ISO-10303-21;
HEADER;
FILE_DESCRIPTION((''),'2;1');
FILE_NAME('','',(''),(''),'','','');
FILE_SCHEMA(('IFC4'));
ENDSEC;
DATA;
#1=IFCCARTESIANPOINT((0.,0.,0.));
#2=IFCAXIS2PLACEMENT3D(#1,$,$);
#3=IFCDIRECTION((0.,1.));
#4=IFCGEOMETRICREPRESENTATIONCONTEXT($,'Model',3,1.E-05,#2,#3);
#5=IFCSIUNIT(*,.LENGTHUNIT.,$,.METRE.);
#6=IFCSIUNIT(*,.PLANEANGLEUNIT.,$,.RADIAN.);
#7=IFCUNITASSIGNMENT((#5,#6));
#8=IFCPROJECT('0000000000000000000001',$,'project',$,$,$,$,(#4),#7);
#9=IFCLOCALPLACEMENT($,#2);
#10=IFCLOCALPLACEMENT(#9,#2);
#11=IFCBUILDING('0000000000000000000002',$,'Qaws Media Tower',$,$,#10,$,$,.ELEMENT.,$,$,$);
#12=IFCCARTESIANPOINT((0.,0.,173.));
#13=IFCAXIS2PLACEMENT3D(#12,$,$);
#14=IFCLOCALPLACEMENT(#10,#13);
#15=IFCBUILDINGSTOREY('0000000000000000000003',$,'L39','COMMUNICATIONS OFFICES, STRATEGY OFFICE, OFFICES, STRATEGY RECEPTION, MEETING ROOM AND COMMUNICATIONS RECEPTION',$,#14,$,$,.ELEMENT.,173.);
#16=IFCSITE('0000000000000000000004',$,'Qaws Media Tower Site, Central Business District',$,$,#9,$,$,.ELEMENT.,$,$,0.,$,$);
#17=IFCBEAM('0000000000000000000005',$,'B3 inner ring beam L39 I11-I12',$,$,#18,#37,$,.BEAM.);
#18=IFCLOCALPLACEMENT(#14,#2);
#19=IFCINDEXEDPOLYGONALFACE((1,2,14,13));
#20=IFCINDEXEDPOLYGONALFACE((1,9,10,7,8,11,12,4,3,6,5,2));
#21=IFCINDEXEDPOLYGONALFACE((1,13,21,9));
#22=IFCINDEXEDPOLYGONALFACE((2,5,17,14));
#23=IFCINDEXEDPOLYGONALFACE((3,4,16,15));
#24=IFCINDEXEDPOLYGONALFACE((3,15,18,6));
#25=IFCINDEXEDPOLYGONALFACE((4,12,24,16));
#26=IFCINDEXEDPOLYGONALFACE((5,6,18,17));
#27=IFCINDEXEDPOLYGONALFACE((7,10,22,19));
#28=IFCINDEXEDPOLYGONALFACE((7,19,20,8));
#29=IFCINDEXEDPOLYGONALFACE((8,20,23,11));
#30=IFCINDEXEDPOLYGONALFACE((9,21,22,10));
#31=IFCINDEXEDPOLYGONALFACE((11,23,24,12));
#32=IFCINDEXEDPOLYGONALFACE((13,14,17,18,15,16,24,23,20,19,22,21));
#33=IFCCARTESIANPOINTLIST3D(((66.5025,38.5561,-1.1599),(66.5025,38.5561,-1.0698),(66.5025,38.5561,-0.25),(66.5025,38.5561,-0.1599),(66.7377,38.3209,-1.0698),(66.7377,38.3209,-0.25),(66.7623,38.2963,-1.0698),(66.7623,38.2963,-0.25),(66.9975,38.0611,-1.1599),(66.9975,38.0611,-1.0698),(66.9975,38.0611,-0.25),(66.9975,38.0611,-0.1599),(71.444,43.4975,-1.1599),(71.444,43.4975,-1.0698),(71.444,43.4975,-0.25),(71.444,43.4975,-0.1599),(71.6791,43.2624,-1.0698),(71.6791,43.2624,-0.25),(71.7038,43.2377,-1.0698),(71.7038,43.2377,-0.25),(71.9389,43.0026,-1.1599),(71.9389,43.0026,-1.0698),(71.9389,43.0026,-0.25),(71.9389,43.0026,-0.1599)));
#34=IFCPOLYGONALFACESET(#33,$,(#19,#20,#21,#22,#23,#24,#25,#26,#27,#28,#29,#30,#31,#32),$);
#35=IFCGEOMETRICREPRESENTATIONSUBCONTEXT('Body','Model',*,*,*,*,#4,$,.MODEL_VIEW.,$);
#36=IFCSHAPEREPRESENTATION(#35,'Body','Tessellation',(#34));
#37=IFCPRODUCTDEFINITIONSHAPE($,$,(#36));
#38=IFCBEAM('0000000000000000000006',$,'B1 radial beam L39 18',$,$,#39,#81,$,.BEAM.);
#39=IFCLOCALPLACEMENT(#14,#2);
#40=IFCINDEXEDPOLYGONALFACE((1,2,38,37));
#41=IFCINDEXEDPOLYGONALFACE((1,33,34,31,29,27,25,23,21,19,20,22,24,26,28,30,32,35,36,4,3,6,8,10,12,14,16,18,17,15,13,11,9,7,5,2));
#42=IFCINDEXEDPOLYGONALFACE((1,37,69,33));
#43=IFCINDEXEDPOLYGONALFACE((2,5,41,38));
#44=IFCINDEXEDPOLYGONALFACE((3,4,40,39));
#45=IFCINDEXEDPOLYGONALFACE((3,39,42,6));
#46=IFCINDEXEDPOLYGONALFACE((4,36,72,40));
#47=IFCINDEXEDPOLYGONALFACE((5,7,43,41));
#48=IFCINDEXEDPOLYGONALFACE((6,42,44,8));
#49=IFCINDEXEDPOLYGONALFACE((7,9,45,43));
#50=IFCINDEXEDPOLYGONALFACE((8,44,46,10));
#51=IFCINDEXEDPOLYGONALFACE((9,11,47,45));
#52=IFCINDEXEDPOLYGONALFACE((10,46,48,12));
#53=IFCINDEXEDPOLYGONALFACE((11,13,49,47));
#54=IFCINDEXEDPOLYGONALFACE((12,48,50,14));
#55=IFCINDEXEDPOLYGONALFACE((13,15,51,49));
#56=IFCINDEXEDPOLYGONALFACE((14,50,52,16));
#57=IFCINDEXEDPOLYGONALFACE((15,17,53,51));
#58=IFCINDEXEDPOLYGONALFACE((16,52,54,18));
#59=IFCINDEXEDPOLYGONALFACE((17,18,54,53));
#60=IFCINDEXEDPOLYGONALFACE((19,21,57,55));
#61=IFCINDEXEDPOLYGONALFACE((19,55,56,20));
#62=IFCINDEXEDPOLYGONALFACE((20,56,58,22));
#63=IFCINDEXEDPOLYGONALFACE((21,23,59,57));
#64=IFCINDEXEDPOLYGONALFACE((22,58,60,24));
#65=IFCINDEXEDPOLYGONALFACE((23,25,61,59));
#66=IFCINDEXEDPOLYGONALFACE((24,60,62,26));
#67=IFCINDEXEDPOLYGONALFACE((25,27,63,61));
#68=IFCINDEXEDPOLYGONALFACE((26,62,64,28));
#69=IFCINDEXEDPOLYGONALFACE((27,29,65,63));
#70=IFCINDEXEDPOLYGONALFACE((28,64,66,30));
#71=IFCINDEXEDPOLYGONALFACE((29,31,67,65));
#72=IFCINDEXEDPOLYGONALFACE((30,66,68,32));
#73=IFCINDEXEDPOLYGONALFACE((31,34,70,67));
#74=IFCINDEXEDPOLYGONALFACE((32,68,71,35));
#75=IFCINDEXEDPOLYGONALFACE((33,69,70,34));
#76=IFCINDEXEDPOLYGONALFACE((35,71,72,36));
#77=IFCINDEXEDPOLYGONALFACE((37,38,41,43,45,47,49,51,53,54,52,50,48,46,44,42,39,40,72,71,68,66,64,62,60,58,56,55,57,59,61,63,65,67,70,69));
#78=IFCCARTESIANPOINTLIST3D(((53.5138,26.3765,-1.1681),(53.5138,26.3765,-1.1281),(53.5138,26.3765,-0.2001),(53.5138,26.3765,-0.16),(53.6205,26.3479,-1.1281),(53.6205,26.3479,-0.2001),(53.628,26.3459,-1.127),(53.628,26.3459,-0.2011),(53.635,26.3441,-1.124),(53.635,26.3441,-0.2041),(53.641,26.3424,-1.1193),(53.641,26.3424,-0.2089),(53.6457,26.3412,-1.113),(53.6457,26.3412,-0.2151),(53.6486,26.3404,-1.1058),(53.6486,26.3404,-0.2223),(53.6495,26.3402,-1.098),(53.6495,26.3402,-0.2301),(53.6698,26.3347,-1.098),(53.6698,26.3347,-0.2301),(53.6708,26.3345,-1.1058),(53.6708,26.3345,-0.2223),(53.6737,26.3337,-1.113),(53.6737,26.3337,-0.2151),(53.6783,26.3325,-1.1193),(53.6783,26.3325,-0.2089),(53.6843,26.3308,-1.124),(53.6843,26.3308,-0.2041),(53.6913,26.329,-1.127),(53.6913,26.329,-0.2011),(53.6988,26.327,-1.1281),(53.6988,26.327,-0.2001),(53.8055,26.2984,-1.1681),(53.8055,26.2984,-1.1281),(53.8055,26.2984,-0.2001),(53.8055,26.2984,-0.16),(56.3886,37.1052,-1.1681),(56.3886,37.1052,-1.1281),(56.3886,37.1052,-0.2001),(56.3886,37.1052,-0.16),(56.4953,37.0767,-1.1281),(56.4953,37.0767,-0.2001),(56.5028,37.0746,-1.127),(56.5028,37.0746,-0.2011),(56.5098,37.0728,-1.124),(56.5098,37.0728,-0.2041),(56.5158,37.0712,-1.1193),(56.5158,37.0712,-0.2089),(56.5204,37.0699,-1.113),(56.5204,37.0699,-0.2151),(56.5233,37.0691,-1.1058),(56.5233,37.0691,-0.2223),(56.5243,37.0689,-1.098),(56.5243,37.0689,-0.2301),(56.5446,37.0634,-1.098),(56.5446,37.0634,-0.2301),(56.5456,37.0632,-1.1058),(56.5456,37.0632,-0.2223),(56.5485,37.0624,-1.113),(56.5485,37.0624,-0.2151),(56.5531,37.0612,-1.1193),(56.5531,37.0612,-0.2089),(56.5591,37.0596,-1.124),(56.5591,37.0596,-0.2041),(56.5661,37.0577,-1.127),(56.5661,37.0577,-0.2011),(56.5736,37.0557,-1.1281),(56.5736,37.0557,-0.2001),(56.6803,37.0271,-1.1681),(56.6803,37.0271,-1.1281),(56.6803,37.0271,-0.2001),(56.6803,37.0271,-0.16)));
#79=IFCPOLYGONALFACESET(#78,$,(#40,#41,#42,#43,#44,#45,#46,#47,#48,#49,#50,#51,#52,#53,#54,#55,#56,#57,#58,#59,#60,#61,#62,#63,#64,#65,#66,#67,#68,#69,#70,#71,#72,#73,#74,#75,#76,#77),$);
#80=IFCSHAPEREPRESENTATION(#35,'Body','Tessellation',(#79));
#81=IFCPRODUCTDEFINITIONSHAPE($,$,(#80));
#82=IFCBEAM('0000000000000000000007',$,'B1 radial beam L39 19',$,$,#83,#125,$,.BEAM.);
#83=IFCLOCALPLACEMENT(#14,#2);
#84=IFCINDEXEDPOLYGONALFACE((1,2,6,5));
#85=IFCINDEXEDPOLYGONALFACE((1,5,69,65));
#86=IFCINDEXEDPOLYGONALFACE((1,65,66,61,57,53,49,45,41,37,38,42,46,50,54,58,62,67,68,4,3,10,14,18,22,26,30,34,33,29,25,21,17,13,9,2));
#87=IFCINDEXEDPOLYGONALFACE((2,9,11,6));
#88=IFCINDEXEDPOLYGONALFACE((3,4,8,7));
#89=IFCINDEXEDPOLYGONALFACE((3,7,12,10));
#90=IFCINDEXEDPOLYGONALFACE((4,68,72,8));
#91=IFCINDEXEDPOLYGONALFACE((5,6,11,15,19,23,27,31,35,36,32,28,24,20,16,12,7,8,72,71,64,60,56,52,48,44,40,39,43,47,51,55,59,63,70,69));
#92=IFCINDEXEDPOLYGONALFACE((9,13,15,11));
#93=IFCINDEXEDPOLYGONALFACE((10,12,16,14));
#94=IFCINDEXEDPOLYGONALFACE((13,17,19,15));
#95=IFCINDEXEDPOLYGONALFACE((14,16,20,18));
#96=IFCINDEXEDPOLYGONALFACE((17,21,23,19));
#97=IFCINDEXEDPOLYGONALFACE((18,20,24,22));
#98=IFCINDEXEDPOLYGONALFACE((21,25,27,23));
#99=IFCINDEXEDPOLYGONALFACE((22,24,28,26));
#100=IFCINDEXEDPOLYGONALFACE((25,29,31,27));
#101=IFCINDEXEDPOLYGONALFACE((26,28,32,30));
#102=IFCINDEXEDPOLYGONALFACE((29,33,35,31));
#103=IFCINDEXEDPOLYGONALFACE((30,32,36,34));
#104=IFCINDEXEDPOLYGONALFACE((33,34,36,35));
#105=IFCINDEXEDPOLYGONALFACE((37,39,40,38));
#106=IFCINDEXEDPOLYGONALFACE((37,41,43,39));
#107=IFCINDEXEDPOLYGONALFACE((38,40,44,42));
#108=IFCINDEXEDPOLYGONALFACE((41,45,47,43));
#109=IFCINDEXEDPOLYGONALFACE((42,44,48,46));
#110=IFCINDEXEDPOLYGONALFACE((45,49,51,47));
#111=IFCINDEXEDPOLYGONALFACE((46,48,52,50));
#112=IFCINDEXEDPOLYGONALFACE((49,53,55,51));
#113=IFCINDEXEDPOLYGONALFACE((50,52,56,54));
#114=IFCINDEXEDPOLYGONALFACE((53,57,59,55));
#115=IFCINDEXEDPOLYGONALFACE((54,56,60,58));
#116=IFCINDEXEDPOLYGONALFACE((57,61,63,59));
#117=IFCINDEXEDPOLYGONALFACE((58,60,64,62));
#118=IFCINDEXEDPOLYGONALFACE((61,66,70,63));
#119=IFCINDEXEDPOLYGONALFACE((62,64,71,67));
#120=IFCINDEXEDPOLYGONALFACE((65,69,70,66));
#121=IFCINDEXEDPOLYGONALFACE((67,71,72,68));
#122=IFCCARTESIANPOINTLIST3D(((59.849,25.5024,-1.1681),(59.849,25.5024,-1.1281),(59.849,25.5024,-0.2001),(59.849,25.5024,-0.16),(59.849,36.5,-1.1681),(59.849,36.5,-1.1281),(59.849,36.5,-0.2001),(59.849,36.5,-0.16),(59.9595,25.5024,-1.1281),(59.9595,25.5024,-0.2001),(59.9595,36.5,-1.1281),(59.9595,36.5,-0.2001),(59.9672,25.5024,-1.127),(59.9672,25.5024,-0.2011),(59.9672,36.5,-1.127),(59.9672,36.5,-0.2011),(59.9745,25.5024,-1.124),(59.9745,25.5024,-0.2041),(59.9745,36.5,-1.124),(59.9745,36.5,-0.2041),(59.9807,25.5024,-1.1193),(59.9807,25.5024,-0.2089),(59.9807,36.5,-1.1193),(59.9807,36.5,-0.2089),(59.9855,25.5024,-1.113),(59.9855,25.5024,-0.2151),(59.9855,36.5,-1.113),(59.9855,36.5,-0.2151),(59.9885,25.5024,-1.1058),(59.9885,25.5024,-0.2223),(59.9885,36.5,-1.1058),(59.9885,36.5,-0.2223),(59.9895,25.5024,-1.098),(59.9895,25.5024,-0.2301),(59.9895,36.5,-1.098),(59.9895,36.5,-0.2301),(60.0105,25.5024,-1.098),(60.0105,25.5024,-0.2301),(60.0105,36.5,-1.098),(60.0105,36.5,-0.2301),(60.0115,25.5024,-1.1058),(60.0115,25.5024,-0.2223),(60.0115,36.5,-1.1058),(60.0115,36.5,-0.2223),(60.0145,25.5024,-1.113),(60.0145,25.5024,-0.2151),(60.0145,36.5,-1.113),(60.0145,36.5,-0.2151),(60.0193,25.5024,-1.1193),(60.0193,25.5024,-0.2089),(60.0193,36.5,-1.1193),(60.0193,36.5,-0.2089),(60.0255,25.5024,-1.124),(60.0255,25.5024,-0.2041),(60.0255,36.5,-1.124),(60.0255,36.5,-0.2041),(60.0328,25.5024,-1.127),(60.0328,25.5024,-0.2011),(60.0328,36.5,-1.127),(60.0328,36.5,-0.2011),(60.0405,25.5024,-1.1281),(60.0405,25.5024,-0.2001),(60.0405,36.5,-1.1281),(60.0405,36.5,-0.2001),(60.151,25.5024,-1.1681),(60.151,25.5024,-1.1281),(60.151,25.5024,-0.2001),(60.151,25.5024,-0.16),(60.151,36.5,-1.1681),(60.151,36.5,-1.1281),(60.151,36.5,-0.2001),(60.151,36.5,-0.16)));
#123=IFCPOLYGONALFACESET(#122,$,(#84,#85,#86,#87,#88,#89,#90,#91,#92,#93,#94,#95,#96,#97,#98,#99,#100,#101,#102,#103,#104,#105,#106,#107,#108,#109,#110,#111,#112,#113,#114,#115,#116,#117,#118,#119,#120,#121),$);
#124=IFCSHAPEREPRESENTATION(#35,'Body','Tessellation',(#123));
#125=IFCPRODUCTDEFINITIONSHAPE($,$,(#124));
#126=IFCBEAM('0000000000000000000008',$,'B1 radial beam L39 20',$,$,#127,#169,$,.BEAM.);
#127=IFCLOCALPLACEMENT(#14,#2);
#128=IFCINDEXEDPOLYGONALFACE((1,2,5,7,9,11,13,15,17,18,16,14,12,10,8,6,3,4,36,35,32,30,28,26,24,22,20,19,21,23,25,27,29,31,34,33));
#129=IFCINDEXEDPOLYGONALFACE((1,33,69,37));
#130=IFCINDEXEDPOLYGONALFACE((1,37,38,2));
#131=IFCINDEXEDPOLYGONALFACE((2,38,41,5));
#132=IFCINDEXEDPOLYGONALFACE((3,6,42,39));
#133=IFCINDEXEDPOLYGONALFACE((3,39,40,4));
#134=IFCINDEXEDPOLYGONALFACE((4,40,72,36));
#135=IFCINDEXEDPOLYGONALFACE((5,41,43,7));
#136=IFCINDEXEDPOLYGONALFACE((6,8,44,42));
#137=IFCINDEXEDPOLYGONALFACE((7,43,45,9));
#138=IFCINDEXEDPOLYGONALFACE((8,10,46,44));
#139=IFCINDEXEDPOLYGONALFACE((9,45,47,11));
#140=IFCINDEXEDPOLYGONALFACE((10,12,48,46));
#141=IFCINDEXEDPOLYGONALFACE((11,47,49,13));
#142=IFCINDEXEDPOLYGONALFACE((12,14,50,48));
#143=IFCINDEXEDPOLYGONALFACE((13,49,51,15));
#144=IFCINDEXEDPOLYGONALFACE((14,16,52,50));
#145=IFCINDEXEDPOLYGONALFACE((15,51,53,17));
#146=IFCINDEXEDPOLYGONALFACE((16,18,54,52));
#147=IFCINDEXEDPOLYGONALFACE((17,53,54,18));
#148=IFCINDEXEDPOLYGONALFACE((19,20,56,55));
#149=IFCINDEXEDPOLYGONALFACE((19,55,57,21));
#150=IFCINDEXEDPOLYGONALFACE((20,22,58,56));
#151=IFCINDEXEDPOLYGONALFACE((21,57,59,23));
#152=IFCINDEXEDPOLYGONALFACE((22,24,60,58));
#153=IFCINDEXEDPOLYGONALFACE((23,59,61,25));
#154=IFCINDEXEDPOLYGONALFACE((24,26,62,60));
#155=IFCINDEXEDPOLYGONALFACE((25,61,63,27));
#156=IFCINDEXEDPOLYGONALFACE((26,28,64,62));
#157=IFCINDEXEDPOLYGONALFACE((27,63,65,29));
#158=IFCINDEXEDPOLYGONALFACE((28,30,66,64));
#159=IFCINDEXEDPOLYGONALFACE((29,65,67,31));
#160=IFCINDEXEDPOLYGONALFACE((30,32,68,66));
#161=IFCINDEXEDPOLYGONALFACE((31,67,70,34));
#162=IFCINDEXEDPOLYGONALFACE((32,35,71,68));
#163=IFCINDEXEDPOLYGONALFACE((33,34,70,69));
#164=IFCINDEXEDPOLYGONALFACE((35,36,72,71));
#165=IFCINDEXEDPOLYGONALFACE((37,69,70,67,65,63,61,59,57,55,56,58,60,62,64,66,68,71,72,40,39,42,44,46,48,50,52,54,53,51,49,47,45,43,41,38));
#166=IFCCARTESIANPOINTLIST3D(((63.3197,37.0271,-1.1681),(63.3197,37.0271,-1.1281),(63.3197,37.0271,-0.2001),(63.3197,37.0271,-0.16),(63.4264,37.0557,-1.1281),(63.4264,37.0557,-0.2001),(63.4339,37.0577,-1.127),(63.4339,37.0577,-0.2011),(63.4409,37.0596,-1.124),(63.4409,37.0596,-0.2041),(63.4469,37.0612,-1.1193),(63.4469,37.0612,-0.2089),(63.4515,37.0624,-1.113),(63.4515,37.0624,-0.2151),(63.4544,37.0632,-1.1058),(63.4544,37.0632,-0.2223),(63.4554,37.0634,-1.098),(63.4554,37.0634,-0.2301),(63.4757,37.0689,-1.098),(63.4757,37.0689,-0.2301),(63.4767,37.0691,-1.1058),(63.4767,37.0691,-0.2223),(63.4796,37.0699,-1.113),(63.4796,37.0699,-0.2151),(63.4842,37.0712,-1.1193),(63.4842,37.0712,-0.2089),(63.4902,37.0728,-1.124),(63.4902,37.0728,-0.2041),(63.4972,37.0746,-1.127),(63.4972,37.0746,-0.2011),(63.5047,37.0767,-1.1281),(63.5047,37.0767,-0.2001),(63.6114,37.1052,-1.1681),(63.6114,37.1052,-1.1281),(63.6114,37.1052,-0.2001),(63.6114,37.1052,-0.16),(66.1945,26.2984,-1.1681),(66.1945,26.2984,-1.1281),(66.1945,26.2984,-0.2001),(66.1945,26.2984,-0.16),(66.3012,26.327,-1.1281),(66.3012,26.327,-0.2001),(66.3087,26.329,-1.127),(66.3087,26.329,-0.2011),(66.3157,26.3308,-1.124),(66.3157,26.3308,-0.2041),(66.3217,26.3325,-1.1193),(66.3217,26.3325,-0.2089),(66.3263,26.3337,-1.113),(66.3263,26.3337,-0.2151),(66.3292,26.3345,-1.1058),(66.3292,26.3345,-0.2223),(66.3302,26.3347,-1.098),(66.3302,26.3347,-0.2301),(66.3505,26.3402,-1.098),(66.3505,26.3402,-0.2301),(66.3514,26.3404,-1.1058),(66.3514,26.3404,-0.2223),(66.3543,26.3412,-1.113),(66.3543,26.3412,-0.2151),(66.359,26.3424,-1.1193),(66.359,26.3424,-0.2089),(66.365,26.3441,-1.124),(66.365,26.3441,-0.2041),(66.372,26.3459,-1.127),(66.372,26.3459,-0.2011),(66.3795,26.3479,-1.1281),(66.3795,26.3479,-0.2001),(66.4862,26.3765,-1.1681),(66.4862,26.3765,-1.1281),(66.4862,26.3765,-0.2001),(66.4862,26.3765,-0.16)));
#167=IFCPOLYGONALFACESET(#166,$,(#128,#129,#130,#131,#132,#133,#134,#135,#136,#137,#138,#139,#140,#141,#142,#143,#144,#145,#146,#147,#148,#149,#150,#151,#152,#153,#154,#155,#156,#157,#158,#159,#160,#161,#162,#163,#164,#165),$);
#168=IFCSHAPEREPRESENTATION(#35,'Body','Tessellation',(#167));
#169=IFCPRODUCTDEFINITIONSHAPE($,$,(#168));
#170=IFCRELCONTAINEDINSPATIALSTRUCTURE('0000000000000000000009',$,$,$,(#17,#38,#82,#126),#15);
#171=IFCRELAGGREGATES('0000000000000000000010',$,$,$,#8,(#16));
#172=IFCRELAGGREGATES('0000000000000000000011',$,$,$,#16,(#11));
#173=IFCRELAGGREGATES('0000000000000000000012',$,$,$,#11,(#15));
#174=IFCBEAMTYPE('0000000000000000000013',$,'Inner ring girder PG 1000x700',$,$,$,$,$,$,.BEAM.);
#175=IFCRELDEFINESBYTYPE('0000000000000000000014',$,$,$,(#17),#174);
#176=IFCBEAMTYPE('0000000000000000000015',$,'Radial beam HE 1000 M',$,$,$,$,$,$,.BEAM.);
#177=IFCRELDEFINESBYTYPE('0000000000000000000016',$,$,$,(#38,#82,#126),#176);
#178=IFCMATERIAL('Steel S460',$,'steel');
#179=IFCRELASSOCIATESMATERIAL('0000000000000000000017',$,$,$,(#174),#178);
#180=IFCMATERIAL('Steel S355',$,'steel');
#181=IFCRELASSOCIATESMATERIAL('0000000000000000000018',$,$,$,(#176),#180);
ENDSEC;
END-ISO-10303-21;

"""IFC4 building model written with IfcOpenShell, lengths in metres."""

from ifc_helpers import new_model, si_unit, direction, frame, origin, origin_2d, place, context, subcontext, project, spatial, i_section, extrude, material, material_profile, profile_set, type_object, element, save


model = new_model("IFC4")

# Units and contexts
model_context = context("Model", 3, precision=1e-05, world=origin(), true_north=direction((0.0, 1.0)))
body_context = subcontext(model_context, "Body", "Model", "MODEL_VIEW")
ifc_project = project(units=[si_unit("LENGTHUNIT", "METRE"), si_unit("PLANEANGLEUNIT", "RADIAN")], contexts=[model_context])

# Site, building, storey
site_placement = place(None, origin())
site = spatial("IfcSite", under=ifc_project, at=site_placement, Name="Qaws Media Tower Site, Central Business District", CompositionType="ELEMENT", RefElevation=0.0)
building_placement = place(site_placement, origin())
building = spatial("IfcBuilding", under=site, at=building_placement, Name="Qaws Media Tower", CompositionType="ELEMENT")
storey_placement = place(building_placement, frame((0.0, 0.0, 173.0)))
storey = spatial("IfcBuildingStorey", under=building, at=storey_placement, Name="L39", Description="COMMUNICATIONS OFFICES, STRATEGY OFFICE, OFFICES, STRATEGY RECEPTION, MEETING ROOM AND COMMUNICATIONS RECEPTION", CompositionType="ELEMENT", Elevation=173.0)

# Beams
ifc_material_1 = material(Name="Steel S460", Category="steel")
ifc_material_profile_1 = material_profile(ifc_material_1, i_section(OverallWidth=0.7, OverallDepth=1.0, WebThickness=0.0349, FlangeThickness=0.0901, at=origin_2d()), Name="PG 1000x700")
ifc_profile_set_1 = profile_set([ifc_material_profile_1], Name="Steel S460")
beam_type_1 = type_object("IfcBeamType", Name="Inner ring girder PG 1000x700", PredefinedType="BEAM", material=ifc_profile_set_1)
beam_1_placement = place(storey_placement, frame((66.75, 38.3086, -0.6599), z_axis=(0.707107, 0.707107, 0.0), x_axis=(-0.707107, 0.707107, 0.0)))
element("IfcBeam", 1, at=beam_1_placement, inside=storey, type_object=beam_type_1, Name="B3 inner ring beam L39 I11-I12", PredefinedType="BEAM", context=body_context, shape_type="SweptSolid", body=[
    extrude(i_section(OverallWidth=0.7, OverallDepth=1.0, WebThickness=0.0349, FlangeThickness=0.0901, at=origin_2d()), origin(), (0.0, 0.0, 1.0), 6.9883),
])
ifc_material_2 = material(Name="Steel S355", Category="steel")
ifc_material_profile_2 = material_profile(ifc_material_2, i_section(OverallWidth=0.302, OverallDepth=1.0081, WebThickness=0.021, FlangeThickness=0.04, FilletRadius=0.03, at=origin_2d()), Name="HE 1000 M")
ifc_profile_set_2 = profile_set([ifc_material_profile_2], Name="Steel S355")
beam_type_2 = type_object("IfcBeamType", Name="Radial beam HE 1000 M", PredefinedType="BEAM", material=ifc_profile_set_2)
beam_2_placement = place(storey_placement, frame((56.5344, 37.0662, -0.6641), z_axis=(-0.258818, -0.965926, 0.0), x_axis=(0.965926, -0.258818, 0.0)))
element("IfcBeam", 2, at=beam_2_placement, inside=storey, type_object=beam_type_2, Name="B1 radial beam L39 18", PredefinedType="BEAM", context=body_context, shape_type="SweptSolid", body=[
    extrude(i_section(OverallWidth=0.302, OverallDepth=1.0081, WebThickness=0.021, FlangeThickness=0.04, FilletRadius=0.03, at=origin_2d()), origin(), (0.0, 0.0, 1.0), 11.1072),
])
beam_3_placement = place(storey_placement, frame((60.0, 36.5, -0.6641), z_axis=(0.0, -1.0, 0.0), x_axis=(1.0, 0.0, 0.0)))
element("IfcBeam", 3, at=beam_3_placement, inside=storey, type_object=beam_type_2, Name="B1 radial beam L39 19", PredefinedType="BEAM", context=body_context, shape_type="SweptSolid", body=[
    extrude(i_section(OverallWidth=0.302, OverallDepth=1.0081, WebThickness=0.021, FlangeThickness=0.04, FilletRadius=0.03, at=origin_2d()), origin(), (0.0, 0.0, 1.0), 10.9976),
])
beam_4_placement = place(storey_placement, frame((63.4656, 37.0662, -0.6641), z_axis=(0.258818, -0.965926, 0.0), x_axis=(0.965926, 0.258818, 0.0)))
element("IfcBeam", 4, at=beam_4_placement, inside=storey, type_object=beam_type_2, Name="B1 radial beam L39 20", PredefinedType="BEAM", context=body_context, shape_type="SweptSolid", body=[
    extrude(i_section(OverallWidth=0.302, OverallDepth=1.0081, WebThickness=0.021, FlangeThickness=0.04, FilletRadius=0.03, at=origin_2d()), origin(), (0.0, 0.0, 1.0), 11.1072),
])

save(model, "model.ifc")
